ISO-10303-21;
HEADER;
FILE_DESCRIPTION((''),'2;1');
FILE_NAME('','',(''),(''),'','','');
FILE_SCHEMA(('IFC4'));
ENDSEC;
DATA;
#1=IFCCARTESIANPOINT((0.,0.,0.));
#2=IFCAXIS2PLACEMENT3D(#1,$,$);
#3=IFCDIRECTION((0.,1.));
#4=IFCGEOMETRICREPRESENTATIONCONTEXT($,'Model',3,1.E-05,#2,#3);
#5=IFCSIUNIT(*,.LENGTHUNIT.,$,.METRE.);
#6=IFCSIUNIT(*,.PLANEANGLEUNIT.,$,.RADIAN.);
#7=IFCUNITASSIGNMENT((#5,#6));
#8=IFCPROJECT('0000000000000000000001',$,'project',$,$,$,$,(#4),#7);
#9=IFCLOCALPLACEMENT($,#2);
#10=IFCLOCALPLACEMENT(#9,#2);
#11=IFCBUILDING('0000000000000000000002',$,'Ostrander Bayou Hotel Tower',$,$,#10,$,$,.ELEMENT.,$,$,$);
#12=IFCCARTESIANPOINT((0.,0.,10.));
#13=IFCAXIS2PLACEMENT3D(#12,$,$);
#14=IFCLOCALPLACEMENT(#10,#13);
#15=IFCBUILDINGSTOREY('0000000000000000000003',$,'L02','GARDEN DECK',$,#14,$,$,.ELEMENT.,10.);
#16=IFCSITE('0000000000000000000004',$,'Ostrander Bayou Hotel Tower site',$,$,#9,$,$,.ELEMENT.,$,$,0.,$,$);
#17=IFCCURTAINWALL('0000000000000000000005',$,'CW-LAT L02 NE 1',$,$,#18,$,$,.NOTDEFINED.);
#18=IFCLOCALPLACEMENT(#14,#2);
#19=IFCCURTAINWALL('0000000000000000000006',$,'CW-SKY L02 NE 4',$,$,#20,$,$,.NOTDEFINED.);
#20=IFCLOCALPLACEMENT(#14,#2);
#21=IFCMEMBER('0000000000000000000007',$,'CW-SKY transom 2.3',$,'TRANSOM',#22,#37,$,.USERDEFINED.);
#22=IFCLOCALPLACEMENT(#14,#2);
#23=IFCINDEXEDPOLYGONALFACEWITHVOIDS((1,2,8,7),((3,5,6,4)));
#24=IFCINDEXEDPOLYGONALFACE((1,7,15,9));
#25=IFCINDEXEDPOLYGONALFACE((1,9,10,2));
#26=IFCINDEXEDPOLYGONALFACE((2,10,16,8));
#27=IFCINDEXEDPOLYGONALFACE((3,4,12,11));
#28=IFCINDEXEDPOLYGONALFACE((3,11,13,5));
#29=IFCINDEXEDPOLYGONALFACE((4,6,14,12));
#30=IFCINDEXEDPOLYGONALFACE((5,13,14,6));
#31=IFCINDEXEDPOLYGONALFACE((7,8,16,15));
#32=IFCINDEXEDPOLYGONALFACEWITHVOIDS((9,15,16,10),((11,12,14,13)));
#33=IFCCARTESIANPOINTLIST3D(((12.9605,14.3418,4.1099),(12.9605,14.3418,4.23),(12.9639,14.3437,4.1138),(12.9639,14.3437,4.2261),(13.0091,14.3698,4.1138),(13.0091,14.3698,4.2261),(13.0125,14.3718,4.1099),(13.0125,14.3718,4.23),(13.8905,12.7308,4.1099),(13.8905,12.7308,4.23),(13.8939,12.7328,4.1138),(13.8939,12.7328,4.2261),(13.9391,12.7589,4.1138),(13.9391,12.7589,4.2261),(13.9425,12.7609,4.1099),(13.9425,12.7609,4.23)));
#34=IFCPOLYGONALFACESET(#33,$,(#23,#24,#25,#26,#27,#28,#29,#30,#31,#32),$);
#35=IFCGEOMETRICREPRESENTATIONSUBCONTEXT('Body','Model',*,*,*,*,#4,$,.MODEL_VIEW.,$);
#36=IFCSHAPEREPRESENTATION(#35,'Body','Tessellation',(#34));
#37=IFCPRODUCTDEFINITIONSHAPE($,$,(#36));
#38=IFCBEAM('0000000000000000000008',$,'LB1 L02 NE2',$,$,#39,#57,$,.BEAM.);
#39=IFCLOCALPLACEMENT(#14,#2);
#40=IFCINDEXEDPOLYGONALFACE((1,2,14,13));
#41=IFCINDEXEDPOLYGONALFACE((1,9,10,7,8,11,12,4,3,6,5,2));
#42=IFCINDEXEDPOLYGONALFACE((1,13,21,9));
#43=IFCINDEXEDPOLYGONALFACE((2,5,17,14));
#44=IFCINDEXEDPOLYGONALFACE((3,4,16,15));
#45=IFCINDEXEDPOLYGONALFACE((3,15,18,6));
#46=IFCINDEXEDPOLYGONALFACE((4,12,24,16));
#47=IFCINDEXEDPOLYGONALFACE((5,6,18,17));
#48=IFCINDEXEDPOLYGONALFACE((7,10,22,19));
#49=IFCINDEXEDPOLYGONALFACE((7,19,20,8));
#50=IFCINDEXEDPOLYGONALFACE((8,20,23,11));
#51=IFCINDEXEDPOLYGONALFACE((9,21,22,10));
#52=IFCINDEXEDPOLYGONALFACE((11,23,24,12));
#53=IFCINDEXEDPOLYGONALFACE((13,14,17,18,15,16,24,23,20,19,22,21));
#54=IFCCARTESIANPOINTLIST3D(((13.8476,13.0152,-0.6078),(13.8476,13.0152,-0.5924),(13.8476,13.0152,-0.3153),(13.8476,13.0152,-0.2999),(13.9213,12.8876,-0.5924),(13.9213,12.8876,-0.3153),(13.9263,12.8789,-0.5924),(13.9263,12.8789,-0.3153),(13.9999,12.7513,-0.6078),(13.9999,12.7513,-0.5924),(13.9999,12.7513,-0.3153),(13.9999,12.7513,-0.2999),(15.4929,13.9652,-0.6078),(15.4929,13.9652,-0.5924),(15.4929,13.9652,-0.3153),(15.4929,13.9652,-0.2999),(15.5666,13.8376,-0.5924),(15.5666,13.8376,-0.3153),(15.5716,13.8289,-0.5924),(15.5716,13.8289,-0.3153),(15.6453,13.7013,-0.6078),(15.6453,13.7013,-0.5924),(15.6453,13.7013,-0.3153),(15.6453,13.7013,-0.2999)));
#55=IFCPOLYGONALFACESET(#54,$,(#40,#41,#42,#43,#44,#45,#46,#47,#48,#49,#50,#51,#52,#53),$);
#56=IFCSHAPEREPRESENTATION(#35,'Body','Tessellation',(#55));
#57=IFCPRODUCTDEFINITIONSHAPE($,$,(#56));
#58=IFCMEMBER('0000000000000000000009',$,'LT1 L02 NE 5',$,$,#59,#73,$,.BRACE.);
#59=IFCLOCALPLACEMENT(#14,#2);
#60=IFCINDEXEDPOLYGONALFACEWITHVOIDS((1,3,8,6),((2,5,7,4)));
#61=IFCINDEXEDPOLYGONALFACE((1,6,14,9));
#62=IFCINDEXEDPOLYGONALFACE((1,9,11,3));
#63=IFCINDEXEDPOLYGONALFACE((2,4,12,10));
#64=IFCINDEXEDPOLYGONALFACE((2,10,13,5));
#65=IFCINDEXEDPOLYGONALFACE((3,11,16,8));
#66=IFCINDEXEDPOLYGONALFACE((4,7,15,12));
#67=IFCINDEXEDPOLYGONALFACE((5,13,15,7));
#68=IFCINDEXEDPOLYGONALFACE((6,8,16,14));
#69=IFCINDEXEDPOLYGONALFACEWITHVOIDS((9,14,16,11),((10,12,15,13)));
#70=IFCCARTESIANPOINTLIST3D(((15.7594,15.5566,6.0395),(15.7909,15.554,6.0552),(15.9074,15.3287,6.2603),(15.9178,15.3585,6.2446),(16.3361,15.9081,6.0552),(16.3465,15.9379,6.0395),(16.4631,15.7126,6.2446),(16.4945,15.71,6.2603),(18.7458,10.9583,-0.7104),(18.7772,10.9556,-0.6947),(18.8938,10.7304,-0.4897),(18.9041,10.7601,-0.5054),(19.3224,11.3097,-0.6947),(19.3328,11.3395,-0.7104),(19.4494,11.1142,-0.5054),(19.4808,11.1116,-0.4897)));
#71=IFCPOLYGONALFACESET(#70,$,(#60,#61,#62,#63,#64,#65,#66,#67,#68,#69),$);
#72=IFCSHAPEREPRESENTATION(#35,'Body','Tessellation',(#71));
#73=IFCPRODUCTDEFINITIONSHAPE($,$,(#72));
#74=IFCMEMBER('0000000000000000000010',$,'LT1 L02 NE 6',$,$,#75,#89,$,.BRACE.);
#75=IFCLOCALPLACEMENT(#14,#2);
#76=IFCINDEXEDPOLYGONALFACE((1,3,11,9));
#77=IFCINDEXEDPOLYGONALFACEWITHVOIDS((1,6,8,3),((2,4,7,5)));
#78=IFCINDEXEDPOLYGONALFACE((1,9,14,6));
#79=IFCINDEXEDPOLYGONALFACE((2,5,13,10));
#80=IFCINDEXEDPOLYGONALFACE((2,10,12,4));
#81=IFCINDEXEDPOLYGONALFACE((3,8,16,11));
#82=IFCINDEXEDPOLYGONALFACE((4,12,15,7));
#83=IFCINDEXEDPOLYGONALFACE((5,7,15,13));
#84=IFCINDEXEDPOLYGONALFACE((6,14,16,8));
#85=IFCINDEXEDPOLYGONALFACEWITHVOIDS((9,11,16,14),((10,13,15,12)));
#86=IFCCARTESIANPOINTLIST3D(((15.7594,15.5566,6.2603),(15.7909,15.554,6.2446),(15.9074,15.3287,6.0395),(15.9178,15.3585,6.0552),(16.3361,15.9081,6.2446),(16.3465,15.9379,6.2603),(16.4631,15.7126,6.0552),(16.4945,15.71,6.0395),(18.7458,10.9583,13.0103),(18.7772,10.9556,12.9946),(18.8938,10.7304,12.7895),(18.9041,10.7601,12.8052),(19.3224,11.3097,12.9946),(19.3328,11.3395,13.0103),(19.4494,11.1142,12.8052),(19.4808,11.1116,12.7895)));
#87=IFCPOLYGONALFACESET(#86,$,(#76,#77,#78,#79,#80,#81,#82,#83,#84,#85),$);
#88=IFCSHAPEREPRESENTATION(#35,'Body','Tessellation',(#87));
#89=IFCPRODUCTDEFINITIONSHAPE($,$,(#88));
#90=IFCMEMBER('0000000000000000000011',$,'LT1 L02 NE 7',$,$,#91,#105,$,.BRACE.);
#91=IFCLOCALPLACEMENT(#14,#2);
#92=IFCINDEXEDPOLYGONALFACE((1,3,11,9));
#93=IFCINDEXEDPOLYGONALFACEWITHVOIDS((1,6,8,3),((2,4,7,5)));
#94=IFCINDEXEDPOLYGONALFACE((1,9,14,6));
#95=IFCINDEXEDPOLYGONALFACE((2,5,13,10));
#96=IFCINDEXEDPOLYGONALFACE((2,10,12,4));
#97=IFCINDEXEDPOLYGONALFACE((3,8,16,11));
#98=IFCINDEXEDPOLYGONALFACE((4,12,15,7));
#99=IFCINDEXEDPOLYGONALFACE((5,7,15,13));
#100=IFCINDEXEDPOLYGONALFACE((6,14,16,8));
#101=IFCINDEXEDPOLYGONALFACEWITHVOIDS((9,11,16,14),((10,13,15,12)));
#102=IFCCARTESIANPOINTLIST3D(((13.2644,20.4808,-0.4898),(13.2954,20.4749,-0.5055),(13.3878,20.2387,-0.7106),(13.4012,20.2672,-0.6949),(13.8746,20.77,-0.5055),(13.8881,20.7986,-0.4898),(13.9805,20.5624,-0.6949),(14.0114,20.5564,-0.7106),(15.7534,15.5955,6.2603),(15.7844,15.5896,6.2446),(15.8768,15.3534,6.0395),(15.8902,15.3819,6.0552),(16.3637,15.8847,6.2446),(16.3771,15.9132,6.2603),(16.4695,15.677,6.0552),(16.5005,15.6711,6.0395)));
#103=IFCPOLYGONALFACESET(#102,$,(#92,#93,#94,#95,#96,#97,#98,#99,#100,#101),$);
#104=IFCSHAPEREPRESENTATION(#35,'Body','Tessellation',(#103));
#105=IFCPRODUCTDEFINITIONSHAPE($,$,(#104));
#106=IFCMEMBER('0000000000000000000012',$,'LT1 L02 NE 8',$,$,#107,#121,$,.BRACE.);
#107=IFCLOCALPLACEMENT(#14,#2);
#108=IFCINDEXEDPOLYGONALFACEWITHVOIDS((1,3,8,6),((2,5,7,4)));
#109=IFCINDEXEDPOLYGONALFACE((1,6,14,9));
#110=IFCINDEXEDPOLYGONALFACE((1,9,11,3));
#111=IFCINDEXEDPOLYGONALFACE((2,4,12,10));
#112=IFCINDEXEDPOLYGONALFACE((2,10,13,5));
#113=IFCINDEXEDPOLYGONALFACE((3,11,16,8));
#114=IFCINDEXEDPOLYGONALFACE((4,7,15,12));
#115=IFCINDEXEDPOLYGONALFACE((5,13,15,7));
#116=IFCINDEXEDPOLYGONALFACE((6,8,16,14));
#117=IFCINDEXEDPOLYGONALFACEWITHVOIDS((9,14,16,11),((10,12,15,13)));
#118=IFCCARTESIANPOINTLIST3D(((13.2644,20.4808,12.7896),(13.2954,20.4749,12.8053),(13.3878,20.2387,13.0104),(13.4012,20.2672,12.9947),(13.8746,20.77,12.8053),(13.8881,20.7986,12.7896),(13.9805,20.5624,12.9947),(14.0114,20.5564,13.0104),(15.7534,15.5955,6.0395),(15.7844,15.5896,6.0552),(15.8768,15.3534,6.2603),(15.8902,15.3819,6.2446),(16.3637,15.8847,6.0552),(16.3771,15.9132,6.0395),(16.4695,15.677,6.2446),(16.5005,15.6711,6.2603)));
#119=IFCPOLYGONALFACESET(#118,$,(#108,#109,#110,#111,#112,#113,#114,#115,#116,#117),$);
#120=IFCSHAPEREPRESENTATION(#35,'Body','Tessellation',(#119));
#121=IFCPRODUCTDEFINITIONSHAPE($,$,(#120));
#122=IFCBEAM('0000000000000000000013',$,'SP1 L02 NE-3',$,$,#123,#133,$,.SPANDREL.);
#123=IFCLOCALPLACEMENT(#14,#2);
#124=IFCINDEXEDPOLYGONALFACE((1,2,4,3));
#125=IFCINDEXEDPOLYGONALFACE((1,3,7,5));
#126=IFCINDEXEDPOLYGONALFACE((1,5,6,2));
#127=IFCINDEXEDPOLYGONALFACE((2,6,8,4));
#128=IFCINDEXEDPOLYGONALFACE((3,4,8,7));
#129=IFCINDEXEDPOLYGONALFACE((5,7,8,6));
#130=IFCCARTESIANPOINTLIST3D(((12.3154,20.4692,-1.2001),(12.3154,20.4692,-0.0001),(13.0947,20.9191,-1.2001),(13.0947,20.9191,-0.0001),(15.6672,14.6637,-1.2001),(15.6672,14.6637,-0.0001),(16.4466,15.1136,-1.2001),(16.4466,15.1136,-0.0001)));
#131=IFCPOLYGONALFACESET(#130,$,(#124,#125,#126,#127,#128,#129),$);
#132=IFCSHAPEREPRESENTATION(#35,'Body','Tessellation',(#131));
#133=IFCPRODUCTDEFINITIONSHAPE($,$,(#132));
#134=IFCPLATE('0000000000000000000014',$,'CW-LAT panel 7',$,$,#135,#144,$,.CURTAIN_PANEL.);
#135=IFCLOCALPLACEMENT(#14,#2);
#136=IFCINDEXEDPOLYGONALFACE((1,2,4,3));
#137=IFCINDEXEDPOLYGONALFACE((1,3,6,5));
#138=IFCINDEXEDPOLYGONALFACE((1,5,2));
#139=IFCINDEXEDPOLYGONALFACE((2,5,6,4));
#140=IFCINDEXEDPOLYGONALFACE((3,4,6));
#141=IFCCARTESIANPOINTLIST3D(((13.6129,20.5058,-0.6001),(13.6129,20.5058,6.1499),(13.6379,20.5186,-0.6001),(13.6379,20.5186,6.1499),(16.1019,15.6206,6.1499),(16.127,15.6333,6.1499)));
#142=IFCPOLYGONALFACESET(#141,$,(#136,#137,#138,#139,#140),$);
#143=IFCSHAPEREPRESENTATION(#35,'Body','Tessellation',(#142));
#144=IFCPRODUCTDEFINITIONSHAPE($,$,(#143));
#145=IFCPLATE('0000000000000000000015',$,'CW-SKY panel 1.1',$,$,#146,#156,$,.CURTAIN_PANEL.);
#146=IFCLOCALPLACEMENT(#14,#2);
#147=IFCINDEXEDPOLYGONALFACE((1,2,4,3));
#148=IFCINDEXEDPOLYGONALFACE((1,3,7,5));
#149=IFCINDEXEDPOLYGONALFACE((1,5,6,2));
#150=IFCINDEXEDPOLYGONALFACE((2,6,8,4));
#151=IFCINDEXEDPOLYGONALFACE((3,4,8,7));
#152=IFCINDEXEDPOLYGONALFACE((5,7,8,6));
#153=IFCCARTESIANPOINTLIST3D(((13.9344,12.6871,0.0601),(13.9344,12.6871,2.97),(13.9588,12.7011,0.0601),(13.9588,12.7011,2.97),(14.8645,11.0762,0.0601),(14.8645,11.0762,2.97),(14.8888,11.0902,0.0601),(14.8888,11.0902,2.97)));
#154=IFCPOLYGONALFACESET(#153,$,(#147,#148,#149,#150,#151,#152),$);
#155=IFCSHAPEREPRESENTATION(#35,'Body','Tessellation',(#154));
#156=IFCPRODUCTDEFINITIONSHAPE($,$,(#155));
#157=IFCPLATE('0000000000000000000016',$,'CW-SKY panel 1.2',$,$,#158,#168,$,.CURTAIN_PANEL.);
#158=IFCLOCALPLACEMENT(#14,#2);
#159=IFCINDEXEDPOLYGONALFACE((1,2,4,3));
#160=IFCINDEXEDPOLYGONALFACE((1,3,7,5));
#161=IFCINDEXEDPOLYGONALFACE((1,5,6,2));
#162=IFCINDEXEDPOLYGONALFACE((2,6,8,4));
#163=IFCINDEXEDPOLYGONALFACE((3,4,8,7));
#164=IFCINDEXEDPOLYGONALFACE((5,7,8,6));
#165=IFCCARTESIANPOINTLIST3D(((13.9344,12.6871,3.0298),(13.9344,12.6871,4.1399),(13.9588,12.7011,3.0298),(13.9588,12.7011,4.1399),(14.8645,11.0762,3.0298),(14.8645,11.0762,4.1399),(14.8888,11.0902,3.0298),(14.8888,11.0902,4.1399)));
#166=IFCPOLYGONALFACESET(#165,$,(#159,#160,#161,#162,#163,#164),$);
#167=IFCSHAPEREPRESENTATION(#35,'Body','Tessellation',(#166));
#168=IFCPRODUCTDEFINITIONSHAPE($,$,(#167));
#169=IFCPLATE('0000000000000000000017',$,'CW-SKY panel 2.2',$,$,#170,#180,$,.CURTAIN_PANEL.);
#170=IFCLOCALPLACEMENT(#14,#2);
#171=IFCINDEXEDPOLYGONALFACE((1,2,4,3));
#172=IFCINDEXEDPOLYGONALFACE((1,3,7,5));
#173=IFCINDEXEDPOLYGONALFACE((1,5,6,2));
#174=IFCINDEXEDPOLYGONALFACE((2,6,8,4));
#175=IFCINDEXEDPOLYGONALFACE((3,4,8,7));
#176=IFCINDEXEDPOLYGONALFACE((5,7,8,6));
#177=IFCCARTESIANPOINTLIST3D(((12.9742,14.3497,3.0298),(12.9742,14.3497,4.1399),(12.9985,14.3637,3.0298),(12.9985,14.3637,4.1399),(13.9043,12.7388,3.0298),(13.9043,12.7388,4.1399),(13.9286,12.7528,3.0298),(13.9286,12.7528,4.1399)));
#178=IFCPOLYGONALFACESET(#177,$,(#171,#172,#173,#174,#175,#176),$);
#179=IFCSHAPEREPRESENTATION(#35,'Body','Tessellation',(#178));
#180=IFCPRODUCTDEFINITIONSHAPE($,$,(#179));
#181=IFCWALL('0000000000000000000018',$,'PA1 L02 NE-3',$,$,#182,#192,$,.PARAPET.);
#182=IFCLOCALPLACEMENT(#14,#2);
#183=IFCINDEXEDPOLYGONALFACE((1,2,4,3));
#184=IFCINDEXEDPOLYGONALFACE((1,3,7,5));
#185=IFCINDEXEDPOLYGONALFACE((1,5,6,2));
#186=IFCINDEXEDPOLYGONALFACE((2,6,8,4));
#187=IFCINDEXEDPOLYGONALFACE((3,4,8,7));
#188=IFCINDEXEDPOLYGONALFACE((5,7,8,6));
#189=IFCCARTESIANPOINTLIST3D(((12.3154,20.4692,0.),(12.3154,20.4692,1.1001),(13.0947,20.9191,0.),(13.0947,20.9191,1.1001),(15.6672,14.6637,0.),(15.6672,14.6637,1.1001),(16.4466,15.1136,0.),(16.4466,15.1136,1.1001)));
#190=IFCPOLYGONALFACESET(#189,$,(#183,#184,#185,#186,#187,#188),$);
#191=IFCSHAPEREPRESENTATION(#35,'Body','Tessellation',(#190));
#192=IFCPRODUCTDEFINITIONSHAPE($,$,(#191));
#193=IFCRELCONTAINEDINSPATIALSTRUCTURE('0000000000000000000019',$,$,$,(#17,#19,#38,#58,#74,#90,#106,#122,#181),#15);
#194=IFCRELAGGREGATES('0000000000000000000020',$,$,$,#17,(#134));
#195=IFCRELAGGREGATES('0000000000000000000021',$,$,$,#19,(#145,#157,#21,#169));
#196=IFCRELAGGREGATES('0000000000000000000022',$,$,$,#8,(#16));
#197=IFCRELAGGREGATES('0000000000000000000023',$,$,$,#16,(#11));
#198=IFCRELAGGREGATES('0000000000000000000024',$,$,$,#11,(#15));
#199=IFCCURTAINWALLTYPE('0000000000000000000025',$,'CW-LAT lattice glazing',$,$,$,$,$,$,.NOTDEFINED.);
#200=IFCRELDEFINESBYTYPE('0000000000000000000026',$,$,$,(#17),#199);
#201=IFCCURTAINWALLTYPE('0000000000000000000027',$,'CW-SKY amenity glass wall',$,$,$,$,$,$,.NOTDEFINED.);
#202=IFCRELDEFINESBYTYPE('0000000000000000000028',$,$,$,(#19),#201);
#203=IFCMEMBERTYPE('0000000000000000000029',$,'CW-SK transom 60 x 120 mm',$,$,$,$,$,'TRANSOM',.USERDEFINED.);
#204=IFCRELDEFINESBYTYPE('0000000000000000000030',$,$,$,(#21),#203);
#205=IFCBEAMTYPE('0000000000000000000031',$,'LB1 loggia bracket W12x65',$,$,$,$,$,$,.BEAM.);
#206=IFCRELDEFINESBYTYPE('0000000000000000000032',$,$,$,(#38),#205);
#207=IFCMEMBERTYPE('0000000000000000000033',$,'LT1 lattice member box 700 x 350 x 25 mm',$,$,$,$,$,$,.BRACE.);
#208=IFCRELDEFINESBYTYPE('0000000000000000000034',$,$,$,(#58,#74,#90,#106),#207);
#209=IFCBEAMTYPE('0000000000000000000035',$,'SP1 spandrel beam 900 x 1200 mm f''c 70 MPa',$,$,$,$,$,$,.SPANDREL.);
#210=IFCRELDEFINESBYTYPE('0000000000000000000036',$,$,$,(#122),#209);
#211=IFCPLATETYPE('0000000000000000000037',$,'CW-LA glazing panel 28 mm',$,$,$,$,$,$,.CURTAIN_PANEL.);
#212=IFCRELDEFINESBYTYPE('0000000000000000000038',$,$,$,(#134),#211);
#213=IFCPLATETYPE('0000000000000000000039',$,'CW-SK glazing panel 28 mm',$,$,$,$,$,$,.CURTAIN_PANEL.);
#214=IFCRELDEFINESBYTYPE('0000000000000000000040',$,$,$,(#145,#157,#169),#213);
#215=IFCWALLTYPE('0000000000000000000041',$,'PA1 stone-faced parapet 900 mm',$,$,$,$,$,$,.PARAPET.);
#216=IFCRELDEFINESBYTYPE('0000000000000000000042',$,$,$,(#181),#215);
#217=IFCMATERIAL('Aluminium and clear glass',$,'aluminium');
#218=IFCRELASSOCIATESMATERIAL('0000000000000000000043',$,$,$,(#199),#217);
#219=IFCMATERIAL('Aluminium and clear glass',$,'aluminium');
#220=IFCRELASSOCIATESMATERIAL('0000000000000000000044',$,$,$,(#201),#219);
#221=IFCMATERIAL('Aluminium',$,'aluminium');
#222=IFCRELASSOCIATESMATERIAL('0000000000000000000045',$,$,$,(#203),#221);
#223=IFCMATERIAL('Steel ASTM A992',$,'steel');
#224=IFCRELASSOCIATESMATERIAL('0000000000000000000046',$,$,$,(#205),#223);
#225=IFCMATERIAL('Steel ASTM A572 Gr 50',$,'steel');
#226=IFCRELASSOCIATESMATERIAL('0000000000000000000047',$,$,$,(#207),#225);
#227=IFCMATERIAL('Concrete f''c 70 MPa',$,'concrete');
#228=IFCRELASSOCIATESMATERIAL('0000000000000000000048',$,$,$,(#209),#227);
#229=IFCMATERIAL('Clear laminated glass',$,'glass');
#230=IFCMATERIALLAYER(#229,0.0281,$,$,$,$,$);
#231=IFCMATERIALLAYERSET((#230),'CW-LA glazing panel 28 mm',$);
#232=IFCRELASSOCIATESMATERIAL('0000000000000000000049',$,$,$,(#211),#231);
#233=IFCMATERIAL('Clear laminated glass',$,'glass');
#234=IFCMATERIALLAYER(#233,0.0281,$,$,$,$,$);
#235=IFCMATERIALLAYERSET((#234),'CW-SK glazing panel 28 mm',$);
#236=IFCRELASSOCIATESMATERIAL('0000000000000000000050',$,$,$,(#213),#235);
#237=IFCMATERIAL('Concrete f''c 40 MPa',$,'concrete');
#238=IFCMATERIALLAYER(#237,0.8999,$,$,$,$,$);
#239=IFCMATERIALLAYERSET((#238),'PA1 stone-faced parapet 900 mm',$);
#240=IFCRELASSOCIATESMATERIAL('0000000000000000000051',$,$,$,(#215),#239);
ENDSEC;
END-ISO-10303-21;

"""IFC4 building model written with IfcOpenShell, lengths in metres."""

from ifc_helpers import new_model, si_unit, direction, frame, frame_2d, origin, origin_2d, place, context, subcontext, project, spatial, polyline, rectangle, hollow_rectangle, i_section, outline, extrude, material, layer, layer_set, material_profile, profile_set, type_object, element, aggregate, save


model = new_model("IFC4")

# Units and contexts
model_context = context("Model", 3, precision=1e-05, world=origin(), true_north=direction((0.0, 1.0)))
body_context = subcontext(model_context, "Body", "Model", "MODEL_VIEW")
ifc_project = project(units=[si_unit("LENGTHUNIT", "METRE"), si_unit("PLANEANGLEUNIT", "RADIAN")], contexts=[model_context])

# Site, building, storey
site_placement = place(None, origin())
site = spatial("IfcSite", under=ifc_project, at=site_placement, Name="Ostrander Bayou Hotel Tower site", CompositionType="ELEMENT", RefElevation=0.0)
building_placement = place(site_placement, origin())
building = spatial("IfcBuilding", under=site, at=building_placement, Name="Ostrander Bayou Hotel Tower", CompositionType="ELEMENT")
storey_placement = place(building_placement, frame((0.0, 0.0, 10.0)))
storey = spatial("IfcBuildingStorey", under=building, at=storey_placement, Name="L02", Description="GARDEN DECK", CompositionType="ELEMENT", Elevation=10.0)

# Curtain wall
ifc_material_1 = material(Name="Aluminium and clear glass", Category="aluminium")
curtain_wall_type_1 = type_object("IfcCurtainWallType", Name="CW-LAT lattice glazing", PredefinedType="NOTDEFINED", material=ifc_material_1)
curtain_wall_1_placement = place(storey_placement, origin())
curtain_wall_1 = element("IfcCurtainWall", 1, at=curtain_wall_1_placement, inside=storey, type_object=curtain_wall_type_1, Name="CW-LAT L02 NE 1", PredefinedType="NOTDEFINED")

# Curtain wall, member
ifc_material_2 = material(Name="Aluminium and clear glass", Category="aluminium")
curtain_wall_type_2 = type_object("IfcCurtainWallType", Name="CW-SKY amenity glass wall", PredefinedType="NOTDEFINED", material=ifc_material_2)
curtain_wall_2_placement = place(storey_placement, origin())
curtain_wall_2 = element("IfcCurtainWall", 2, at=curtain_wall_2_placement, inside=storey, type_object=curtain_wall_type_2, Name="CW-SKY L02 NE 4", PredefinedType="NOTDEFINED")
ifc_material_3 = material(Name="Aluminium", Category="aluminium")
ifc_material_profile_1 = material_profile(ifc_material_3, hollow_rectangle(XDim=0.0601, YDim=0.1201, WallThickness=0.0039, at=origin_2d()))
ifc_profile_set_1 = profile_set([ifc_material_profile_1], Name="Aluminium")
member_type_1 = type_object("IfcMemberType", Name="CW-SK transom 60 x 120 mm", ElementType="TRANSOM", PredefinedType="USERDEFINED", material=ifc_profile_set_1)
member_1_placement = place(storey_placement, frame((13.9165, 12.7458, 4.1699), z_axis=(-0.499965, 0.866046, 0.0), x_axis=(-0.866046, -0.499965, 0.0)))
member_1 = element("IfcMember", 3, at=member_1_placement, type_object=member_type_1, Name="CW-SKY transom 2.3", ObjectType="TRANSOM", PredefinedType="USERDEFINED", context=body_context, shape_type="SweptSolid", body=[
    extrude(hollow_rectangle(XDim=0.0601, YDim=0.1201, WallThickness=0.0039, at=origin_2d()), origin(), (0.0, 0.0, 1.0), 1.8601),
])

# Beam
ifc_material_4 = material(Name="Steel ASTM A992", Category="steel")
ifc_material_profile_2 = material_profile(ifc_material_4, i_section(OverallWidth=0.3047, OverallDepth=0.3079, WebThickness=0.01, FlangeThickness=0.0154, at=origin_2d()))
ifc_profile_set_2 = profile_set([ifc_material_profile_2], Name="Steel ASTM A992")
beam_type_1 = type_object("IfcBeamType", Name="LB1 loggia bracket W12x65", PredefinedType="BEAM", material=ifc_profile_set_2)
beam_1_placement = place(storey_placement, frame((15.5691, 13.8333, -0.4539), z_axis=(-0.866012, -0.500023, 0.0), x_axis=(0.500023, -0.866012, 0.0)))
element("IfcBeam", 4, at=beam_1_placement, inside=storey, type_object=beam_type_1, Name="LB1 L02 NE2", PredefinedType="BEAM", context=body_context, shape_type="SweptSolid", body=[
    extrude(i_section(OverallWidth=0.3047, OverallDepth=0.3079, WebThickness=0.01, FlangeThickness=0.0154, at=origin_2d()), origin(), (0.0, 0.0, 1.0), 1.8999),
])

# Members
ifc_material_5 = material(Name="Steel ASTM A572 Gr 50", Category="steel")
ifc_material_profile_3 = material_profile(ifc_material_5, hollow_rectangle(XDim=0.7, YDim=0.3501, WallThickness=0.0249, at=origin_2d()))
ifc_profile_set_3 = profile_set([ifc_material_profile_3], Name="Steel ASTM A572 Gr 50")
member_type_2 = type_object("IfcMemberType", Name="LT1 lattice member box 700 x 350 x 25 mm", PredefinedType="BRACE", material=ifc_profile_set_3)
for number, where, z_axis, x_axis, name in (
    (5, (16.127, 15.6333, 6.1499), (0.343402, -0.528775, -0.776191), (0.838662, 0.544652, 0.0), "LT1 L02 NE 5"),
    (6, (16.127, 15.6333, 6.1499), (0.343402, -0.528775, 0.776191), (0.838662, 0.544652, 0.0), "LT1 L02 NE 6"),
    (7, (16.127, 15.6333, 6.1499), (-0.286219, 0.561771, -0.776204), (-0.891017, -0.453969, 0.0), "LT1 L02 NE 7"),
    (8, (16.127, 15.6333, 6.1499), (-0.286219, 0.561771, 0.776204), (-0.891017, -0.453969, 0.0), "LT1 L02 NE 8"),
):
    element("IfcMember", number, at=place(storey_placement, frame(where, z_axis=z_axis, x_axis=x_axis)), inside=storey, type_object=member_type_2, Name=name, PredefinedType="BRACE", context=body_context, shape_type="SweptSolid", body=[
        extrude(hollow_rectangle(XDim=0.7, YDim=0.3501, WallThickness=0.0249, at=origin_2d()), origin(), (0.0, 0.0, 1.0), 8.6963),
    ])

# Beam
ifc_material_6 = material(Name="Concrete f'c 70 MPa", Category="concrete")
ifc_material_profile_4 = material_profile(ifc_material_6, rectangle(XDim=0.8999, YDim=1.2, at=origin_2d()))
ifc_profile_set_4 = profile_set([ifc_material_profile_4], Name="Concrete f'c 70 MPa")
beam_type_2 = type_object("IfcBeamType", Name="SP1 spandrel beam 900 x 1200 mm f'c 70 MPa", PredefinedType="SPANDREL", material=ifc_profile_set_4)
beam_2_placement = place(storey_placement, frame((16.0569, 14.8887, -0.6001), z_axis=(-0.500005, 0.866022, 0.0), x_axis=(-0.866022, -0.500005, 0.0)))
element("IfcBeam", 9, at=beam_2_placement, inside=storey, type_object=beam_type_2, Name="SP1 L02 NE-3", PredefinedType="SPANDREL", context=body_context, shape_type="SweptSolid", body=[
    extrude(rectangle(XDim=0.8999, YDim=1.2, at=origin_2d()), origin(), (0.0, 0.0, 1.0), 6.7036),
])

# Plates
ifc_material_7 = material(Name="Clear laminated glass", Category="glass")
ifc_layer_1 = layer(ifc_material_7, 0.0281)
ifc_layer_set_1 = layer_set([ifc_layer_1], Name="CW-LA glazing panel 28 mm")
plate_type_1 = type_object("IfcPlateType", Name="CW-LA glazing panel 28 mm", PredefinedType="CURTAIN_PANEL", material=ifc_layer_set_1)
plate_1_placement = place(storey_placement, frame((16.127, 15.6333, 6.1499), z_axis=(0.891017, 0.453969, 0.0), x_axis=(-0.286219, 0.561771, -0.776204)))
plate_1 = element("IfcPlate", 10, at=plate_1_placement, type_object=plate_type_1, Name="CW-LAT panel 7", PredefinedType="CURTAIN_PANEL", context=body_context, shape_type="SweptSolid", body=[
    extrude(outline(polyline([(0.0, 0.0), (8.6962, 0.0), (3.4568, 4.2558), (0.0, 0.0)])), origin(), (0.0, 0.0, -1.0), 0.0281),
])
aggregate(curtain_wall_1, [plate_1])
ifc_material_8 = material(Name="Clear laminated glass", Category="glass")
ifc_layer_2 = layer(ifc_material_8, 0.0281)
ifc_layer_set_2 = layer_set([ifc_layer_2], Name="CW-SK glazing panel 28 mm")
plate_type_2 = type_object("IfcPlateType", Name="CW-SK glazing panel 28 mm", PredefinedType="CURTAIN_PANEL", material=ifc_layer_set_2)
plate_2_placement = place(storey_placement, frame((14.4116, 11.8887, 0.0601), z_axis=(0.0, 0.0, 1.0), x_axis=(-0.5, 0.866025, 0.0)))
plate_2 = element("IfcPlate", 11, at=plate_2_placement, type_object=plate_type_2, Name="CW-SKY panel 1.1", PredefinedType="CURTAIN_PANEL", context=body_context, shape_type="SweptSolid", body=[
    extrude(rectangle(XDim=1.8601, YDim=0.0281, at=origin_2d()), origin(), (0.0, 0.0, 1.0), 2.9099),
])
plate_3_placement = place(storey_placement, frame((14.4116, 11.8887, 3.0298), z_axis=(0.0, 0.0, 1.0), x_axis=(-0.5, 0.866025, 0.0)))
plate_3 = element("IfcPlate", 12, at=plate_3_placement, type_object=plate_type_2, Name="CW-SKY panel 1.2", PredefinedType="CURTAIN_PANEL", context=body_context, shape_type="SweptSolid", body=[
    extrude(rectangle(XDim=1.8601, YDim=0.0281, at=origin_2d()), origin(), (0.0, 0.0, 1.0), 1.1101),
])
plate_4_placement = place(storey_placement, frame((13.4514, 13.5513, 3.0298), z_axis=(0.0, 0.0, 1.0), x_axis=(-0.5, 0.866025, 0.0)))
plate_4 = element("IfcPlate", 13, at=plate_4_placement, type_object=plate_type_2, Name="CW-SKY panel 2.2", PredefinedType="CURTAIN_PANEL", context=body_context, shape_type="SweptSolid", body=[
    extrude(rectangle(XDim=1.8601, YDim=0.0281, at=origin_2d()), origin(), (0.0, 0.0, 1.0), 1.1101),
])
aggregate(curtain_wall_2, [plate_2, plate_3, member_1, plate_4])

# Wall
ifc_material_9 = material(Name="Concrete f'c 40 MPa", Category="concrete")
ifc_layer_3 = layer(ifc_material_9, 0.8999)
ifc_layer_set_3 = layer_set([ifc_layer_3], Name="PA1 stone-faced parapet 900 mm")
wall_type = type_object("IfcWallType", Name="PA1 stone-faced parapet 900 mm", PredefinedType="PARAPET", material=ifc_layer_set_3)
wall_placement = place(storey_placement, frame((16.0569, 14.8887, 0.0), z_axis=(0.0, 0.0, 1.0), x_axis=(-0.500005, 0.866022, 0.0)))
element("IfcWall", 14, at=wall_placement, inside=storey, type_object=wall_type, Name="PA1 L02 NE-3", PredefinedType="PARAPET", context=body_context, shape_type="SweptSolid", body=[
    extrude(rectangle(XDim=6.7036, YDim=0.8999, at=frame_2d((3.3518, 0.0))), origin(), (0.0, 0.0, 1.0), 1.1001),
])

save(model, "model.ifc")
